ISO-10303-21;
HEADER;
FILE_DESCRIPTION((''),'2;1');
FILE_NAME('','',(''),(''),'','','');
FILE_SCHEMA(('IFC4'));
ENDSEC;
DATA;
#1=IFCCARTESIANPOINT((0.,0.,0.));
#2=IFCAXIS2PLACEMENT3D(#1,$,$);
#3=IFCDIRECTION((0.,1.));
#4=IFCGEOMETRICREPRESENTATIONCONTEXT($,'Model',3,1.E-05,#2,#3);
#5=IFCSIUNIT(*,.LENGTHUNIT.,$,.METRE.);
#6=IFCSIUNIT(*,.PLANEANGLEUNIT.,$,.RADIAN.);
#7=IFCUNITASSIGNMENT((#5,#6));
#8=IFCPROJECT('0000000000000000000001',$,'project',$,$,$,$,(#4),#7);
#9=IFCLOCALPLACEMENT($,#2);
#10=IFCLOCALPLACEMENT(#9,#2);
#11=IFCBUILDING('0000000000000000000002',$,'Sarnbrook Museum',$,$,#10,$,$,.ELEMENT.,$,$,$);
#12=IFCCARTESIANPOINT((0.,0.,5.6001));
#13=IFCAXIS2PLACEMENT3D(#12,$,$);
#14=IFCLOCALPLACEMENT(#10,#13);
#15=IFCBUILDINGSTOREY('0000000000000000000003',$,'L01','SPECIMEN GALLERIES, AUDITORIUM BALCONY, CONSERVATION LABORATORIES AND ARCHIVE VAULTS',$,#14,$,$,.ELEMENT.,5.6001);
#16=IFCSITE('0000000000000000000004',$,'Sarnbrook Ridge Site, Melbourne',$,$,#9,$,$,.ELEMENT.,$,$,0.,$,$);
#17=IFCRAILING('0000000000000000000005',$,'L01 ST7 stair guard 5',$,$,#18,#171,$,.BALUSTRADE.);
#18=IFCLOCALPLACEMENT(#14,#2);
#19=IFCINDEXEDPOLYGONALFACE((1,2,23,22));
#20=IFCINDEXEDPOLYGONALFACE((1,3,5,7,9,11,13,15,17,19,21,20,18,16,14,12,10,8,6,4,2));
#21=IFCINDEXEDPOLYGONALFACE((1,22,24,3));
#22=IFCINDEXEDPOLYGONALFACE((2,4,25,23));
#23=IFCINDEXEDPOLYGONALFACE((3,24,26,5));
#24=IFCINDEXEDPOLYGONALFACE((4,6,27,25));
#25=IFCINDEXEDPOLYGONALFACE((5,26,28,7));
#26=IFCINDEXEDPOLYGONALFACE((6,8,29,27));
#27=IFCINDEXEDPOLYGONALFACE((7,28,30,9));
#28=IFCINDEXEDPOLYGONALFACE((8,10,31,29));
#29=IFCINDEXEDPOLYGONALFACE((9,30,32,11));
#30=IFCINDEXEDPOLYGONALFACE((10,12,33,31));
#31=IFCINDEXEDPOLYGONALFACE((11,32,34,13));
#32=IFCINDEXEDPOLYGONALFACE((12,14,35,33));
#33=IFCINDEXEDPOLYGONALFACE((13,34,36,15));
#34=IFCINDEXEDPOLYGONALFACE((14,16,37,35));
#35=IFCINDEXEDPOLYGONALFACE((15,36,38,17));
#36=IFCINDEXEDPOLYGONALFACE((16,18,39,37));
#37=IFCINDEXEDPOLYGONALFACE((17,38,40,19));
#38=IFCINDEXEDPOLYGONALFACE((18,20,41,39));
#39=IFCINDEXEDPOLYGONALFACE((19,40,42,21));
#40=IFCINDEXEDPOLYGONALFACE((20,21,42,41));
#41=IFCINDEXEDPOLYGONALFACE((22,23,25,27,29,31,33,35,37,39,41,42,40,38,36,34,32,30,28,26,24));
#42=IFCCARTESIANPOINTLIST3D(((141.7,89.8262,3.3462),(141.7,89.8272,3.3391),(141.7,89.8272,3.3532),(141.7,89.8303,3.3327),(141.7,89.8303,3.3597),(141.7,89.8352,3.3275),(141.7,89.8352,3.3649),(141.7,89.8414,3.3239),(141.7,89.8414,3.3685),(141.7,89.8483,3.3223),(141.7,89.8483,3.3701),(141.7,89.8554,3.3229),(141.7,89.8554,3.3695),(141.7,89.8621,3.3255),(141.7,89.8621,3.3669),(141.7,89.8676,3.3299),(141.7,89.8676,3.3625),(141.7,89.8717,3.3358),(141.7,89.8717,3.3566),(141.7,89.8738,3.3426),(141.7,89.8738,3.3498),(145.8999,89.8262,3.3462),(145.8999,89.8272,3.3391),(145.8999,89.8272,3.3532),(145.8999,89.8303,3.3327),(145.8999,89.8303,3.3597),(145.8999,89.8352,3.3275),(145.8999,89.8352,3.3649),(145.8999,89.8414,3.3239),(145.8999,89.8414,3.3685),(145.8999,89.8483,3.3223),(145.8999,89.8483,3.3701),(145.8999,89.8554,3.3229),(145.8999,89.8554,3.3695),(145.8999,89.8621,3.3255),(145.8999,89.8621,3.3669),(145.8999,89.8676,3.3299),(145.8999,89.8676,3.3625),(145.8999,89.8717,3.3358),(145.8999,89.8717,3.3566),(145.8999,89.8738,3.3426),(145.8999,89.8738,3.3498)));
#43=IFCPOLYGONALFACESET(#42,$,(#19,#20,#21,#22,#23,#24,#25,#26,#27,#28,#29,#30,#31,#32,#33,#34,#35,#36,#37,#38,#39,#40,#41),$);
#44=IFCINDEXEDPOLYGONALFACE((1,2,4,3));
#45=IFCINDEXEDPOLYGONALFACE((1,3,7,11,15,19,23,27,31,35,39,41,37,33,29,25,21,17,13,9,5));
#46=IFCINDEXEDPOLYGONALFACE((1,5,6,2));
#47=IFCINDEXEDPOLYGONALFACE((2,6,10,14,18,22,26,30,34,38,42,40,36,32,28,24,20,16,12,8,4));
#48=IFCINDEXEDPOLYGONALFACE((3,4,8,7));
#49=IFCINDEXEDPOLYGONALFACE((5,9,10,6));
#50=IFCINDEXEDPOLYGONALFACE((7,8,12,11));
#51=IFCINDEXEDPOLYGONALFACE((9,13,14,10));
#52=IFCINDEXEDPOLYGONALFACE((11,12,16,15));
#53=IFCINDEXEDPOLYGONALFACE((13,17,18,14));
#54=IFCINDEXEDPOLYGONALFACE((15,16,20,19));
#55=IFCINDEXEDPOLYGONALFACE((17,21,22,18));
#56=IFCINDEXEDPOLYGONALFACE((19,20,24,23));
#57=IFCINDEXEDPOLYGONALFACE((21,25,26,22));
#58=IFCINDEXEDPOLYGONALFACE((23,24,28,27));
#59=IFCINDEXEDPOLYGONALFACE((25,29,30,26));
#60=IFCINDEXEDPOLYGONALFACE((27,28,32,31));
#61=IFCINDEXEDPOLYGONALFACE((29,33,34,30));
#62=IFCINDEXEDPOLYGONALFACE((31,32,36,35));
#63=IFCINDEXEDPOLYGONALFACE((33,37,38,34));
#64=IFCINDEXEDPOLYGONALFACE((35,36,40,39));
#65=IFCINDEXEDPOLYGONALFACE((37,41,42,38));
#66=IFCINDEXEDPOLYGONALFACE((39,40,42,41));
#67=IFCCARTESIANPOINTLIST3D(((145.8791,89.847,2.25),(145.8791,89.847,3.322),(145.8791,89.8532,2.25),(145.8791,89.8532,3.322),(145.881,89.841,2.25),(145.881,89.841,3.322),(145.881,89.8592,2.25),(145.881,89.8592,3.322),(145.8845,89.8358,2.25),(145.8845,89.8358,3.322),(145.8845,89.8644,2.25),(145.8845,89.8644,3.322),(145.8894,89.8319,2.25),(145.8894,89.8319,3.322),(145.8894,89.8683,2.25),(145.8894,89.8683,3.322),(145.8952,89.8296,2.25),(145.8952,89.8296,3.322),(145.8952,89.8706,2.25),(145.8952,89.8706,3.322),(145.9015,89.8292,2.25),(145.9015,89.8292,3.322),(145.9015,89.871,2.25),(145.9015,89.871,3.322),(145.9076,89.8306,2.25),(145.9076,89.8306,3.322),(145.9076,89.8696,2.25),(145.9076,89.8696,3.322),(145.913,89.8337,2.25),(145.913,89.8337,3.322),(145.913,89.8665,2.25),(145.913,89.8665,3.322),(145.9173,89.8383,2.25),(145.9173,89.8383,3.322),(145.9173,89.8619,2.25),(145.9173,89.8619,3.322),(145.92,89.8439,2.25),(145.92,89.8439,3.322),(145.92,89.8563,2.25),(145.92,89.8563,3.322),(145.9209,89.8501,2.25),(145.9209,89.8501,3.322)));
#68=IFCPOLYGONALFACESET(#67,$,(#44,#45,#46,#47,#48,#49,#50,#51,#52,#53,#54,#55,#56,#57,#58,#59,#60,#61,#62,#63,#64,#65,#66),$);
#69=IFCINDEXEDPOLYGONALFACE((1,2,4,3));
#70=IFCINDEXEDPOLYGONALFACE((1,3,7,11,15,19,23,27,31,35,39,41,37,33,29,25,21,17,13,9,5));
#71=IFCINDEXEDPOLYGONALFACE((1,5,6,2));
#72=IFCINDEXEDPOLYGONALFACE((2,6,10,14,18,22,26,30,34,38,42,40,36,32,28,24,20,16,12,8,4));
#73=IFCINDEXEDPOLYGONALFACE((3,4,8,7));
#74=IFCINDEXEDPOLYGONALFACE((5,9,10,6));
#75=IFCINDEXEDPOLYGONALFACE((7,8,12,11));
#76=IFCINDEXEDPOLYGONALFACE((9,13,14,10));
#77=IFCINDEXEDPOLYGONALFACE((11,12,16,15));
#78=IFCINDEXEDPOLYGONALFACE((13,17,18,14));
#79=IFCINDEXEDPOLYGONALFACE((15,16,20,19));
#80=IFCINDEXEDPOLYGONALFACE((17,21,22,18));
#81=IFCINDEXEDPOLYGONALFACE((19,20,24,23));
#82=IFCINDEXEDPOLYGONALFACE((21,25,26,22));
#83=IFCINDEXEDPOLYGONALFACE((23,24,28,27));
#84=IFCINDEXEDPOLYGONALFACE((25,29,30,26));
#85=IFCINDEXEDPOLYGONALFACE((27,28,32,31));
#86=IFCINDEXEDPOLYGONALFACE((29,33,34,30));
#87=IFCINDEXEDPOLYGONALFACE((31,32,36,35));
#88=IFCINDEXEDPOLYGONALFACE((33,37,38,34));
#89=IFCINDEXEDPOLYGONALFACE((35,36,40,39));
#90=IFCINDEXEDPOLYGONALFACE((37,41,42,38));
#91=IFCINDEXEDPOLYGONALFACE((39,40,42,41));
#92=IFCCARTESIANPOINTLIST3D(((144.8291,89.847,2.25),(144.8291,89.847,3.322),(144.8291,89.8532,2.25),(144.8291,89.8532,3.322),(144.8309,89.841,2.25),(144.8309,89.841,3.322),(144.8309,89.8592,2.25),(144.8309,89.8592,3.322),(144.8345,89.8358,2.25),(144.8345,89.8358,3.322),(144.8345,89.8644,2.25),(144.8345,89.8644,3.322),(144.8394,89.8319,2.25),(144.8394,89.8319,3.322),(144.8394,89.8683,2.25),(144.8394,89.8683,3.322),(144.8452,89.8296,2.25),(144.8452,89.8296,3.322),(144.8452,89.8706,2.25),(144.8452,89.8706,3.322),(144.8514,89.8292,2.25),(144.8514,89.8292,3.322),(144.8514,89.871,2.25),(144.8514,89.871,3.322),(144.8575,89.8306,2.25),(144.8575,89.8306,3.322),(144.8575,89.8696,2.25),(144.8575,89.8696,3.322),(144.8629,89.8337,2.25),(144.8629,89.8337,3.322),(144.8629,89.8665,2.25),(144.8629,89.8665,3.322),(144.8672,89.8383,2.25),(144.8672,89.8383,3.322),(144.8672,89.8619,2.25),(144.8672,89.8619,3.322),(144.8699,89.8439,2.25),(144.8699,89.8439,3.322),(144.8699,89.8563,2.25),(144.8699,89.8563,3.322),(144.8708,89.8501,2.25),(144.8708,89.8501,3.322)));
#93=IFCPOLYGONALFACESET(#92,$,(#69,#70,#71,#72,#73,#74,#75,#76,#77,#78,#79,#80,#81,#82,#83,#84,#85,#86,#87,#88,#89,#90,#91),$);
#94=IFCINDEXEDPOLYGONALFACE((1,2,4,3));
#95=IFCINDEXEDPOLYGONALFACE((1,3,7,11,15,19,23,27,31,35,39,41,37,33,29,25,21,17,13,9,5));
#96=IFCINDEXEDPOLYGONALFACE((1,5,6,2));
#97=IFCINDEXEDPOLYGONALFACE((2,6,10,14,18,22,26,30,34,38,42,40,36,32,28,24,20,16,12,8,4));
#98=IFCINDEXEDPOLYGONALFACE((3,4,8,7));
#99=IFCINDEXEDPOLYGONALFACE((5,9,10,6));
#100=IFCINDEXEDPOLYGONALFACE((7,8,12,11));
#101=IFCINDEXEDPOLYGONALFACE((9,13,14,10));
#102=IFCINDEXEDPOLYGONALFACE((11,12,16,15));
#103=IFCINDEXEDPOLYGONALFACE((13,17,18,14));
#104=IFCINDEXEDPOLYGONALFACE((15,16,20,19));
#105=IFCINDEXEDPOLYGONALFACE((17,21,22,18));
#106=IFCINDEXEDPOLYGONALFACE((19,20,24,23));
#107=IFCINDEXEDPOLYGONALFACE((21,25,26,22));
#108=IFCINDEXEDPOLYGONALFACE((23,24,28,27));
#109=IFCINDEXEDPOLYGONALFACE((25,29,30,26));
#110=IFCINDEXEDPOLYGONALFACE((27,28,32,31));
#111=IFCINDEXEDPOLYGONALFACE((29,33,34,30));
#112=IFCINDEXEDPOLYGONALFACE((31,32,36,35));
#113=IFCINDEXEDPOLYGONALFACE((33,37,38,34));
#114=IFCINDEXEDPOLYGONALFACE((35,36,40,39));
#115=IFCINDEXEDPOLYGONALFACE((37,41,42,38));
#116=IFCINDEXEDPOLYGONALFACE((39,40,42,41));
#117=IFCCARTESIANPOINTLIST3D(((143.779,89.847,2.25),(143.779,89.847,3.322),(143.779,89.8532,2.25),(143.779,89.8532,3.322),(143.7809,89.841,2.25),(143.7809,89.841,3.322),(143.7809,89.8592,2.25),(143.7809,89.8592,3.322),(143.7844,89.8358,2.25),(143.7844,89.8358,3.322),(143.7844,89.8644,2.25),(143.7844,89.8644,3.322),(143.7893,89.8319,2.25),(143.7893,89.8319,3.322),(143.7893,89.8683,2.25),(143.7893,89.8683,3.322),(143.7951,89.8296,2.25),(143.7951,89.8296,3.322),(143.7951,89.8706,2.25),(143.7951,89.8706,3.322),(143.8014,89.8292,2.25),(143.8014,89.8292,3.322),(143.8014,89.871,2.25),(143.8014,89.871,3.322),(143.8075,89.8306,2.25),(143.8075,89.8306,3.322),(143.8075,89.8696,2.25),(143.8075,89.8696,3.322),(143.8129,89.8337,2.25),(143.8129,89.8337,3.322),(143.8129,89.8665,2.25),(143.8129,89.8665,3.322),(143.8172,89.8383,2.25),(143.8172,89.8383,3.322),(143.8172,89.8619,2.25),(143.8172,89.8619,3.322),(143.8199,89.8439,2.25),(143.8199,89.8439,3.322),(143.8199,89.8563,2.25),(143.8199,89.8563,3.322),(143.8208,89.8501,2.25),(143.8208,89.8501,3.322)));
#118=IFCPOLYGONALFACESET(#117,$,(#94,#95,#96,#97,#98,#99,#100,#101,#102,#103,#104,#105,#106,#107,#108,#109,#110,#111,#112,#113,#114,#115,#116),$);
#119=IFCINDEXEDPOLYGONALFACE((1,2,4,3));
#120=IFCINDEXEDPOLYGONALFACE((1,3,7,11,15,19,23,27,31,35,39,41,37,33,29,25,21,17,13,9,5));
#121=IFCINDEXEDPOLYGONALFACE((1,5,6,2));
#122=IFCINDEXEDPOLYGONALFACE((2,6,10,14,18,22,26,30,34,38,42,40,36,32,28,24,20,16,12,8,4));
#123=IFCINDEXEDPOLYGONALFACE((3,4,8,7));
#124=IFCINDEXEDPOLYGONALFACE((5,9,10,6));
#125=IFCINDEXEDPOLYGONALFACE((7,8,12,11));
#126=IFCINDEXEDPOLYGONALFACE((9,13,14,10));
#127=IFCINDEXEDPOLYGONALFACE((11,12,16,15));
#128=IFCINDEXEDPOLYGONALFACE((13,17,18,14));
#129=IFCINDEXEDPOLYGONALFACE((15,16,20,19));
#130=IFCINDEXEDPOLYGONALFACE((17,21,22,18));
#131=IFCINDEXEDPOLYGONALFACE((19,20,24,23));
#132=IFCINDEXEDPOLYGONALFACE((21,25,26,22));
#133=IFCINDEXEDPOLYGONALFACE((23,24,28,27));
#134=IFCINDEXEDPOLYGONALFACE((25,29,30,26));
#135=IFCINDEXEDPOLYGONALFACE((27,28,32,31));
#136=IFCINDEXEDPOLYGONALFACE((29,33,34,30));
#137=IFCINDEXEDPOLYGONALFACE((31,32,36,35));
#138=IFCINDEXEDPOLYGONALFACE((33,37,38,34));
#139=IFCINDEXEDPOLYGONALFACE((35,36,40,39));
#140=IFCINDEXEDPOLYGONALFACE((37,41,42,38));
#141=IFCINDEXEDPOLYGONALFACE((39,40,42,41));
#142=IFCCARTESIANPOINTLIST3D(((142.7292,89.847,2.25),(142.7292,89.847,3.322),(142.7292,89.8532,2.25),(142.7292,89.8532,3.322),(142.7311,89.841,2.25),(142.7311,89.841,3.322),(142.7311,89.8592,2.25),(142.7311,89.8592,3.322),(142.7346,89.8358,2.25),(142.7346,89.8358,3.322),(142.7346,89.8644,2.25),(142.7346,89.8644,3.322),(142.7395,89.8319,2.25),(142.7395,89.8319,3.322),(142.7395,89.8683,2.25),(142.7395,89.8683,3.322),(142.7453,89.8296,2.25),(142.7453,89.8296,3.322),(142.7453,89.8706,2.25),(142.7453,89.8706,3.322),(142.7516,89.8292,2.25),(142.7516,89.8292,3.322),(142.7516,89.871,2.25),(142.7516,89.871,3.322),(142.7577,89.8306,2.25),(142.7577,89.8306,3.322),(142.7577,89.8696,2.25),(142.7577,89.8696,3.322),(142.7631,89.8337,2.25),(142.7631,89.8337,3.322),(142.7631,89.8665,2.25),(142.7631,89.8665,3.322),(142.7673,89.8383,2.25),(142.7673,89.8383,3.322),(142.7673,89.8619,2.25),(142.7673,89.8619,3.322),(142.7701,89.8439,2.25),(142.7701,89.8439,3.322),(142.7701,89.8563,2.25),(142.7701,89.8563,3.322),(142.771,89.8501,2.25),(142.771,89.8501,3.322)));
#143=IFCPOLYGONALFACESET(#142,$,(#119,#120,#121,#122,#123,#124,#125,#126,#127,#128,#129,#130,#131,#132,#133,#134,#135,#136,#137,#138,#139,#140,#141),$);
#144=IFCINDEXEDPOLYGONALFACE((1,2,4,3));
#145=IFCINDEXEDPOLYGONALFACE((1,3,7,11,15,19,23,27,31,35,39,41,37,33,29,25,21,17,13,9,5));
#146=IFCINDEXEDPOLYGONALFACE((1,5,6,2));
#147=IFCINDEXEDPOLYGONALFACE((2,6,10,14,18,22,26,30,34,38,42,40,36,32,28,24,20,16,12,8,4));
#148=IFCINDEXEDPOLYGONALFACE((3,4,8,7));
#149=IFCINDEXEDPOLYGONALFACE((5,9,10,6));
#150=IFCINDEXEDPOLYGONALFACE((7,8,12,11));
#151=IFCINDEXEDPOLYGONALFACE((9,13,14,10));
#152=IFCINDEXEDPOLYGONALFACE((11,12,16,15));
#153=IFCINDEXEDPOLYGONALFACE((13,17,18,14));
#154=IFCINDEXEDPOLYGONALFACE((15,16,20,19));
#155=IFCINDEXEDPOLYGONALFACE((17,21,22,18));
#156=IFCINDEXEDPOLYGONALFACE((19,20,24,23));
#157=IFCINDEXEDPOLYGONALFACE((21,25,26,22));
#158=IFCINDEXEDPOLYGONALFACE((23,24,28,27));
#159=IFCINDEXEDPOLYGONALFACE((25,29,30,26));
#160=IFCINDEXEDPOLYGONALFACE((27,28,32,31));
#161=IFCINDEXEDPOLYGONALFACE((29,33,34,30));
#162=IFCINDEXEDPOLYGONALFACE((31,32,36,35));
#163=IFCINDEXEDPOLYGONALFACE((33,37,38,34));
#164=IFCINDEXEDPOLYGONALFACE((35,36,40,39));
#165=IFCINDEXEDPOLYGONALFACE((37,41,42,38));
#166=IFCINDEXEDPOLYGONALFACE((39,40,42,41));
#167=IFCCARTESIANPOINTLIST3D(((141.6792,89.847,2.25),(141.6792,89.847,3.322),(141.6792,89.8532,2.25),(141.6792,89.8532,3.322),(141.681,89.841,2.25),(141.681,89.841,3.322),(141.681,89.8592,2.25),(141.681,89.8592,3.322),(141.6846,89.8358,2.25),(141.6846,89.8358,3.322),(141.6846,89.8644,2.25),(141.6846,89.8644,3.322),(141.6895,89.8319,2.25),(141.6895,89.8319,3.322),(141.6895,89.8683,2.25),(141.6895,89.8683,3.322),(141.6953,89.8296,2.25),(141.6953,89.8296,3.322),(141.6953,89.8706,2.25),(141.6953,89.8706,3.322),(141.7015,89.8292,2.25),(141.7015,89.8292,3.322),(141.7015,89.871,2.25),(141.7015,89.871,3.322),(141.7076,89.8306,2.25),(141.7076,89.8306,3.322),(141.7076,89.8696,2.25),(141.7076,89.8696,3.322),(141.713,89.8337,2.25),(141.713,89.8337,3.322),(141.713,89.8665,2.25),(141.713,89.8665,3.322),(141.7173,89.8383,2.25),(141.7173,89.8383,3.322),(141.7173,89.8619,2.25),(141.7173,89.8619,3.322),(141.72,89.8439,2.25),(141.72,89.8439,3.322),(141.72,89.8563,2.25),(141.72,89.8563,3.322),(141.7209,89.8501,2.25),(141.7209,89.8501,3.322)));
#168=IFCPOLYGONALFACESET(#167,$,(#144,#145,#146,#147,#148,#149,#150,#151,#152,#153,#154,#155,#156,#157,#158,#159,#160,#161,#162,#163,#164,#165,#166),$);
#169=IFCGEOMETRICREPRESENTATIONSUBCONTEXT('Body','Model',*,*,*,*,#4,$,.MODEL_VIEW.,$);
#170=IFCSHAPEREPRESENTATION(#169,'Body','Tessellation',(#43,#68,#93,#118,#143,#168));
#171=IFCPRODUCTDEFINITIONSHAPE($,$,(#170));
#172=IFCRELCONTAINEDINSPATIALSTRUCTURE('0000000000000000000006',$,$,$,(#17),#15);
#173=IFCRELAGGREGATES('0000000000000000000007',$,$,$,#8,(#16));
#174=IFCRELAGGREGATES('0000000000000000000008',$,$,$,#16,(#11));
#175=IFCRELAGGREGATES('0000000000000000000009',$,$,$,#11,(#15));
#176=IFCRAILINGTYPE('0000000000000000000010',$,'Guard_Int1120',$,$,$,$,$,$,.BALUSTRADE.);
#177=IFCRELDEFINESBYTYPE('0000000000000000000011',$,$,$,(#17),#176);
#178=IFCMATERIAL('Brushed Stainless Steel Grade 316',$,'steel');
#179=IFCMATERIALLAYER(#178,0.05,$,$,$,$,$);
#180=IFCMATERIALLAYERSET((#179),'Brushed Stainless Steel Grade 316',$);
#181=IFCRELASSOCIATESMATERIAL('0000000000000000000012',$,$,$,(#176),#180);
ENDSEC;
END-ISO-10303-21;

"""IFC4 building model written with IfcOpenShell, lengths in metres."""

from ifc_helpers import new_model, si_unit, direction, frame, origin, origin_2d, place, context, subcontext, project, spatial, circle, extrude, material, layer, layer_set, type_object, element, save


model = new_model("IFC4")

# Units and contexts
model_context = context("Model", 3, precision=1e-05, world=origin(), true_north=direction((0.0, 1.0)))
body_context = subcontext(model_context, "Body", "Model", "MODEL_VIEW")
ifc_project = project(units=[si_unit("LENGTHUNIT", "METRE"), si_unit("PLANEANGLEUNIT", "RADIAN")], contexts=[model_context])

# Site, building, storey
site_placement = place(None, origin())
site = spatial("IfcSite", under=ifc_project, at=site_placement, Name="Sarnbrook Ridge Site, Melbourne", CompositionType="ELEMENT", RefElevation=0.0)
building_placement = place(site_placement, origin())
building = spatial("IfcBuilding", under=site, at=building_placement, Name="Sarnbrook Museum", CompositionType="ELEMENT")
storey_placement = place(building_placement, frame((0.0, 0.0, 5.6001)))
storey = spatial("IfcBuildingStorey", under=building, at=storey_placement, Name="L01", Description="SPECIMEN GALLERIES, AUDITORIUM BALCONY, CONSERVATION LABORATORIES AND ARCHIVE VAULTS", CompositionType="ELEMENT", Elevation=5.6001)

# Railing
ifc_material_1 = material(Name="Brushed Stainless Steel Grade 316", Category="steel")
ifc_layer_1 = layer(ifc_material_1, 0.05)
ifc_layer_set_1 = layer_set([ifc_layer_1], Name="Brushed Stainless Steel Grade 316")
railing_type_1 = type_object("IfcRailingType", Name="Guard_Int1120", PredefinedType="BALUSTRADE", material=ifc_layer_set_1)
railing_1_placement = place(storey_placement, frame((145.8999, 89.8501, 2.25)))
element("IfcRailing", 1, at=railing_1_placement, inside=storey, type_object=railing_type_1, Name="L01 ST7 stair guard 5", PredefinedType="BALUSTRADE", context=body_context, shape_type="SweptSolid", body=[
    extrude(circle(Radius=0.0239, at=origin_2d()), frame((0.0, 0.0, 1.0962), z_axis=(-1.0, 0.0, 0.0), x_axis=(0.0, -1.0, 0.0)), (0.0, 0.0, 1.0), 4.2),
    extrude(circle(Radius=0.021, at=origin_2d()), origin(), (0.0, 0.0, 1.0), 1.072),
    extrude(circle(Radius=0.021, at=origin_2d()), frame((-1.05, 0.0, 0.0)), (0.0, 0.0, 1.0), 1.072),
    extrude(circle(Radius=0.021, at=origin_2d()), frame((-2.1001, 0.0, 0.0)), (0.0, 0.0, 1.0), 1.072),
    extrude(circle(Radius=0.021, at=origin_2d()), frame((-3.1499, 0.0, 0.0)), (0.0, 0.0, 1.0), 1.072),
    extrude(circle(Radius=0.021, at=origin_2d()), frame((-4.2, 0.0, 0.0)), (0.0, 0.0, 1.0), 1.072),
])

save(model, "model.ifc")
